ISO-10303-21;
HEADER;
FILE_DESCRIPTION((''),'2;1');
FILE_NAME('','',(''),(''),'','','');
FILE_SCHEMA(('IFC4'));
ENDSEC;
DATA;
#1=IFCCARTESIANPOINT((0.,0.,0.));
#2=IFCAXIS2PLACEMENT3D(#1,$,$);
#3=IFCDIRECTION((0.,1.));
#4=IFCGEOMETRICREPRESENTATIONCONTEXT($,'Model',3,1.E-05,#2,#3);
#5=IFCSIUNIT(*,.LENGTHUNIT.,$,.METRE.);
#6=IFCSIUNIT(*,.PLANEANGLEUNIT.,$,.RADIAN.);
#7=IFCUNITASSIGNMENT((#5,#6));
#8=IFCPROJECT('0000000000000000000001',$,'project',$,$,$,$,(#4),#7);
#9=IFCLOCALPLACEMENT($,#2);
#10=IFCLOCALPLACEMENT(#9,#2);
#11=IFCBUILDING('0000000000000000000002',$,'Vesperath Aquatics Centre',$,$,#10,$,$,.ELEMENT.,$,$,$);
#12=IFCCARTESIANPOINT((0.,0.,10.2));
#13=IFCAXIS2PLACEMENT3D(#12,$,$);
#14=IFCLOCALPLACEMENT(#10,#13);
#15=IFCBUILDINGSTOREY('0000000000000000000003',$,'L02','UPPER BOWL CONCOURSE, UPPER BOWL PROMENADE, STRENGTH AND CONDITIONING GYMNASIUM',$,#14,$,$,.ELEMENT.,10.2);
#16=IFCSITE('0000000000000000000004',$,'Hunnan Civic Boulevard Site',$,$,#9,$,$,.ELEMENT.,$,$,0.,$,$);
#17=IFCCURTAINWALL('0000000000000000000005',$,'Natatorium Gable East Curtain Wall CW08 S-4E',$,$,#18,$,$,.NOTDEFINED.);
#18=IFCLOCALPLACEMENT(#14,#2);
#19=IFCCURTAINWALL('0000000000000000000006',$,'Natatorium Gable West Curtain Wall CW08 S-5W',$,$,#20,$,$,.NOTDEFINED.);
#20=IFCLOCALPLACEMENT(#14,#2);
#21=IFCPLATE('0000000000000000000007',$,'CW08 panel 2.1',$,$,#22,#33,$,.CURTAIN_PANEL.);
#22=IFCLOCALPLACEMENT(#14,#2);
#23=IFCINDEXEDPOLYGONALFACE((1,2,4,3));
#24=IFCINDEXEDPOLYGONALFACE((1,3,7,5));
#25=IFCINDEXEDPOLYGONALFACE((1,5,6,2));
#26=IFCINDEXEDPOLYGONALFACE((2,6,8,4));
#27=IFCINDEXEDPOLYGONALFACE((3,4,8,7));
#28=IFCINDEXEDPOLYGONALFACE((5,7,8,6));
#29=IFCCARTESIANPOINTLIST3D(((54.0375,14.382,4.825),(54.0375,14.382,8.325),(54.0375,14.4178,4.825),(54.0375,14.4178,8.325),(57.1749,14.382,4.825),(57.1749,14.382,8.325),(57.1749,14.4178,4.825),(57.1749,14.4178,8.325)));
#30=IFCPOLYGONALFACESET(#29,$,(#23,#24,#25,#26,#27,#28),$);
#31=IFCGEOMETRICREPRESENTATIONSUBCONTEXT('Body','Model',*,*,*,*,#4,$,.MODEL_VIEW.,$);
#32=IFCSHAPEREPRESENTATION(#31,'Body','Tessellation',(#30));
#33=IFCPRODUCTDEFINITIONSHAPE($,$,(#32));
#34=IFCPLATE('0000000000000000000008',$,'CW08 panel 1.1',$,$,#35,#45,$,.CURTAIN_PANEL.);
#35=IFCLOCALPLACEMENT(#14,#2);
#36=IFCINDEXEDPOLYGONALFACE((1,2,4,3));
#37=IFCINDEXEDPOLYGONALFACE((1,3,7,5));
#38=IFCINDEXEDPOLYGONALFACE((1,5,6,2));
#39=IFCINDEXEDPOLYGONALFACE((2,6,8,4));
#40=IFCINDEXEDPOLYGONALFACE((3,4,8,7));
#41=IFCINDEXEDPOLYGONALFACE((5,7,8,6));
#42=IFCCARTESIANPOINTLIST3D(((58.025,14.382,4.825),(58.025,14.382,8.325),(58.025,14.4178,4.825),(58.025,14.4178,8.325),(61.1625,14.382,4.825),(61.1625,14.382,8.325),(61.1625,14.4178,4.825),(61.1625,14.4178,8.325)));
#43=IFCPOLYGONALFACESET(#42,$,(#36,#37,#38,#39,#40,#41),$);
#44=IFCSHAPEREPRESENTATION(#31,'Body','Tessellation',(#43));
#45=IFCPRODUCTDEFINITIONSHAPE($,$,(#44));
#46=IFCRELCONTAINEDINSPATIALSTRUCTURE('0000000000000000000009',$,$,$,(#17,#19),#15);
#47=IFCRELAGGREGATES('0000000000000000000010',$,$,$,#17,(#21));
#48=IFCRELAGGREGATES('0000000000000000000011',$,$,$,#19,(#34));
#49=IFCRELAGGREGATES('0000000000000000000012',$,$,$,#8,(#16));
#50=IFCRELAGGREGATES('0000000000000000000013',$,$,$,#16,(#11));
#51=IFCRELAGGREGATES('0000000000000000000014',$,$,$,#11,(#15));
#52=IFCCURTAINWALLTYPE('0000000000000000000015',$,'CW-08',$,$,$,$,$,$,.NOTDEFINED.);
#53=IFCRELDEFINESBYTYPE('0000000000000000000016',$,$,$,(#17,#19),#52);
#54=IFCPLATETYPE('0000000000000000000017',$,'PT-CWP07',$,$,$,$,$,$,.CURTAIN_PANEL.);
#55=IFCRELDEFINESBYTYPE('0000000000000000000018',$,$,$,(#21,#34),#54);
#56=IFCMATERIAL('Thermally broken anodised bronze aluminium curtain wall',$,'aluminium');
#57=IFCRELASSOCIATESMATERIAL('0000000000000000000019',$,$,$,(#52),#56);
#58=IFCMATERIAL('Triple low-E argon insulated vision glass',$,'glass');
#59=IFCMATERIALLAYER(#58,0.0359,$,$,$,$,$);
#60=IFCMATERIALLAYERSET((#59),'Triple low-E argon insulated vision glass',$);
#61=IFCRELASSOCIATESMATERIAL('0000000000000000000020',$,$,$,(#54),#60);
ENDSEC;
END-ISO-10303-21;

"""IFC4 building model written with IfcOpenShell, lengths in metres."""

from ifc_helpers import new_model, si_unit, direction, frame, origin, origin_2d, place, context, subcontext, project, spatial, rectangle, extrude, material, layer, layer_set, type_object, element, aggregate, save


model = new_model("IFC4")

# Units and contexts
model_context = context("Model", 3, precision=1e-05, world=origin(), true_north=direction((0.0, 1.0)))
body_context = subcontext(model_context, "Body", "Model", "MODEL_VIEW")
ifc_project = project(units=[si_unit("LENGTHUNIT", "METRE"), si_unit("PLANEANGLEUNIT", "RADIAN")], contexts=[model_context])

# Site, building, storey
site_placement = place(None, origin())
site = spatial("IfcSite", under=ifc_project, at=site_placement, Name="Hunnan Civic Boulevard Site", CompositionType="ELEMENT", RefElevation=0.0)
building_placement = place(site_placement, origin())
building = spatial("IfcBuilding", under=site, at=building_placement, Name="Vesperath Aquatics Centre", CompositionType="ELEMENT")
storey_placement = place(building_placement, frame((0.0, 0.0, 10.2)))
storey = spatial("IfcBuildingStorey", under=building, at=storey_placement, Name="L02", Description="UPPER BOWL CONCOURSE, UPPER BOWL PROMENADE, STRENGTH AND CONDITIONING GYMNASIUM", CompositionType="ELEMENT", Elevation=10.2)

# Curtain wall
ifc_material_1 = material(Name="Thermally broken anodised bronze aluminium curtain wall", Category="aluminium")
curtain_wall_type_1 = type_object("IfcCurtainWallType", Name="CW-08", PredefinedType="NOTDEFINED", material=ifc_material_1)
curtain_wall_1_placement = place(storey_placement, origin())
curtain_wall_1 = element("IfcCurtainWall", 1, at=curtain_wall_1_placement, inside=storey, type_object=curtain_wall_type_1, Name="Natatorium Gable East Curtain Wall CW08 S-4E", PredefinedType="NOTDEFINED")

# Curtain wall
curtain_wall_2_placement = place(storey_placement, origin())
curtain_wall_2 = element("IfcCurtainWall", 2, at=curtain_wall_2_placement, inside=storey, type_object=curtain_wall_type_1, Name="Natatorium Gable West Curtain Wall CW08 S-5W", PredefinedType="NOTDEFINED")

# Plates
ifc_material_2 = material(Name="Triple low-E argon insulated vision glass", Category="glass")
ifc_layer_1 = layer(ifc_material_2, 0.0359)
ifc_layer_set_1 = layer_set([ifc_layer_1], Name="Triple low-E argon insulated vision glass")
plate_type_1 = type_object("IfcPlateType", Name="PT-CWP07", PredefinedType="CURTAIN_PANEL", material=ifc_layer_set_1)
plate_1_placement = place(storey_placement, frame((55.6062, 14.3999, 4.825), z_axis=(0.0, 0.0, 1.0), x_axis=(1.0, 0.0, 0.0)))
plate_1 = element("IfcPlate", 3, at=plate_1_placement, type_object=plate_type_1, Name="CW08 panel 2.1", PredefinedType="CURTAIN_PANEL", context=body_context, shape_type="SweptSolid", body=[
    extrude(rectangle(XDim=3.1375, YDim=0.0359, at=origin_2d()), origin(), (0.0, 0.0, 1.0), 3.5),
])
aggregate(curtain_wall_1, [plate_1])
plate_2_placement = place(storey_placement, frame((59.5938, 14.3999, 4.825), z_axis=(0.0, 0.0, 1.0), x_axis=(1.0, 0.0, 0.0)))
plate_2 = element("IfcPlate", 4, at=plate_2_placement, type_object=plate_type_1, Name="CW08 panel 1.1", PredefinedType="CURTAIN_PANEL", context=body_context, shape_type="SweptSolid", body=[
    extrude(rectangle(XDim=3.1375, YDim=0.0359, at=origin_2d()), origin(), (0.0, 0.0, 1.0), 3.5),
])
aggregate(curtain_wall_2, [plate_2])

save(model, "model.ifc")
